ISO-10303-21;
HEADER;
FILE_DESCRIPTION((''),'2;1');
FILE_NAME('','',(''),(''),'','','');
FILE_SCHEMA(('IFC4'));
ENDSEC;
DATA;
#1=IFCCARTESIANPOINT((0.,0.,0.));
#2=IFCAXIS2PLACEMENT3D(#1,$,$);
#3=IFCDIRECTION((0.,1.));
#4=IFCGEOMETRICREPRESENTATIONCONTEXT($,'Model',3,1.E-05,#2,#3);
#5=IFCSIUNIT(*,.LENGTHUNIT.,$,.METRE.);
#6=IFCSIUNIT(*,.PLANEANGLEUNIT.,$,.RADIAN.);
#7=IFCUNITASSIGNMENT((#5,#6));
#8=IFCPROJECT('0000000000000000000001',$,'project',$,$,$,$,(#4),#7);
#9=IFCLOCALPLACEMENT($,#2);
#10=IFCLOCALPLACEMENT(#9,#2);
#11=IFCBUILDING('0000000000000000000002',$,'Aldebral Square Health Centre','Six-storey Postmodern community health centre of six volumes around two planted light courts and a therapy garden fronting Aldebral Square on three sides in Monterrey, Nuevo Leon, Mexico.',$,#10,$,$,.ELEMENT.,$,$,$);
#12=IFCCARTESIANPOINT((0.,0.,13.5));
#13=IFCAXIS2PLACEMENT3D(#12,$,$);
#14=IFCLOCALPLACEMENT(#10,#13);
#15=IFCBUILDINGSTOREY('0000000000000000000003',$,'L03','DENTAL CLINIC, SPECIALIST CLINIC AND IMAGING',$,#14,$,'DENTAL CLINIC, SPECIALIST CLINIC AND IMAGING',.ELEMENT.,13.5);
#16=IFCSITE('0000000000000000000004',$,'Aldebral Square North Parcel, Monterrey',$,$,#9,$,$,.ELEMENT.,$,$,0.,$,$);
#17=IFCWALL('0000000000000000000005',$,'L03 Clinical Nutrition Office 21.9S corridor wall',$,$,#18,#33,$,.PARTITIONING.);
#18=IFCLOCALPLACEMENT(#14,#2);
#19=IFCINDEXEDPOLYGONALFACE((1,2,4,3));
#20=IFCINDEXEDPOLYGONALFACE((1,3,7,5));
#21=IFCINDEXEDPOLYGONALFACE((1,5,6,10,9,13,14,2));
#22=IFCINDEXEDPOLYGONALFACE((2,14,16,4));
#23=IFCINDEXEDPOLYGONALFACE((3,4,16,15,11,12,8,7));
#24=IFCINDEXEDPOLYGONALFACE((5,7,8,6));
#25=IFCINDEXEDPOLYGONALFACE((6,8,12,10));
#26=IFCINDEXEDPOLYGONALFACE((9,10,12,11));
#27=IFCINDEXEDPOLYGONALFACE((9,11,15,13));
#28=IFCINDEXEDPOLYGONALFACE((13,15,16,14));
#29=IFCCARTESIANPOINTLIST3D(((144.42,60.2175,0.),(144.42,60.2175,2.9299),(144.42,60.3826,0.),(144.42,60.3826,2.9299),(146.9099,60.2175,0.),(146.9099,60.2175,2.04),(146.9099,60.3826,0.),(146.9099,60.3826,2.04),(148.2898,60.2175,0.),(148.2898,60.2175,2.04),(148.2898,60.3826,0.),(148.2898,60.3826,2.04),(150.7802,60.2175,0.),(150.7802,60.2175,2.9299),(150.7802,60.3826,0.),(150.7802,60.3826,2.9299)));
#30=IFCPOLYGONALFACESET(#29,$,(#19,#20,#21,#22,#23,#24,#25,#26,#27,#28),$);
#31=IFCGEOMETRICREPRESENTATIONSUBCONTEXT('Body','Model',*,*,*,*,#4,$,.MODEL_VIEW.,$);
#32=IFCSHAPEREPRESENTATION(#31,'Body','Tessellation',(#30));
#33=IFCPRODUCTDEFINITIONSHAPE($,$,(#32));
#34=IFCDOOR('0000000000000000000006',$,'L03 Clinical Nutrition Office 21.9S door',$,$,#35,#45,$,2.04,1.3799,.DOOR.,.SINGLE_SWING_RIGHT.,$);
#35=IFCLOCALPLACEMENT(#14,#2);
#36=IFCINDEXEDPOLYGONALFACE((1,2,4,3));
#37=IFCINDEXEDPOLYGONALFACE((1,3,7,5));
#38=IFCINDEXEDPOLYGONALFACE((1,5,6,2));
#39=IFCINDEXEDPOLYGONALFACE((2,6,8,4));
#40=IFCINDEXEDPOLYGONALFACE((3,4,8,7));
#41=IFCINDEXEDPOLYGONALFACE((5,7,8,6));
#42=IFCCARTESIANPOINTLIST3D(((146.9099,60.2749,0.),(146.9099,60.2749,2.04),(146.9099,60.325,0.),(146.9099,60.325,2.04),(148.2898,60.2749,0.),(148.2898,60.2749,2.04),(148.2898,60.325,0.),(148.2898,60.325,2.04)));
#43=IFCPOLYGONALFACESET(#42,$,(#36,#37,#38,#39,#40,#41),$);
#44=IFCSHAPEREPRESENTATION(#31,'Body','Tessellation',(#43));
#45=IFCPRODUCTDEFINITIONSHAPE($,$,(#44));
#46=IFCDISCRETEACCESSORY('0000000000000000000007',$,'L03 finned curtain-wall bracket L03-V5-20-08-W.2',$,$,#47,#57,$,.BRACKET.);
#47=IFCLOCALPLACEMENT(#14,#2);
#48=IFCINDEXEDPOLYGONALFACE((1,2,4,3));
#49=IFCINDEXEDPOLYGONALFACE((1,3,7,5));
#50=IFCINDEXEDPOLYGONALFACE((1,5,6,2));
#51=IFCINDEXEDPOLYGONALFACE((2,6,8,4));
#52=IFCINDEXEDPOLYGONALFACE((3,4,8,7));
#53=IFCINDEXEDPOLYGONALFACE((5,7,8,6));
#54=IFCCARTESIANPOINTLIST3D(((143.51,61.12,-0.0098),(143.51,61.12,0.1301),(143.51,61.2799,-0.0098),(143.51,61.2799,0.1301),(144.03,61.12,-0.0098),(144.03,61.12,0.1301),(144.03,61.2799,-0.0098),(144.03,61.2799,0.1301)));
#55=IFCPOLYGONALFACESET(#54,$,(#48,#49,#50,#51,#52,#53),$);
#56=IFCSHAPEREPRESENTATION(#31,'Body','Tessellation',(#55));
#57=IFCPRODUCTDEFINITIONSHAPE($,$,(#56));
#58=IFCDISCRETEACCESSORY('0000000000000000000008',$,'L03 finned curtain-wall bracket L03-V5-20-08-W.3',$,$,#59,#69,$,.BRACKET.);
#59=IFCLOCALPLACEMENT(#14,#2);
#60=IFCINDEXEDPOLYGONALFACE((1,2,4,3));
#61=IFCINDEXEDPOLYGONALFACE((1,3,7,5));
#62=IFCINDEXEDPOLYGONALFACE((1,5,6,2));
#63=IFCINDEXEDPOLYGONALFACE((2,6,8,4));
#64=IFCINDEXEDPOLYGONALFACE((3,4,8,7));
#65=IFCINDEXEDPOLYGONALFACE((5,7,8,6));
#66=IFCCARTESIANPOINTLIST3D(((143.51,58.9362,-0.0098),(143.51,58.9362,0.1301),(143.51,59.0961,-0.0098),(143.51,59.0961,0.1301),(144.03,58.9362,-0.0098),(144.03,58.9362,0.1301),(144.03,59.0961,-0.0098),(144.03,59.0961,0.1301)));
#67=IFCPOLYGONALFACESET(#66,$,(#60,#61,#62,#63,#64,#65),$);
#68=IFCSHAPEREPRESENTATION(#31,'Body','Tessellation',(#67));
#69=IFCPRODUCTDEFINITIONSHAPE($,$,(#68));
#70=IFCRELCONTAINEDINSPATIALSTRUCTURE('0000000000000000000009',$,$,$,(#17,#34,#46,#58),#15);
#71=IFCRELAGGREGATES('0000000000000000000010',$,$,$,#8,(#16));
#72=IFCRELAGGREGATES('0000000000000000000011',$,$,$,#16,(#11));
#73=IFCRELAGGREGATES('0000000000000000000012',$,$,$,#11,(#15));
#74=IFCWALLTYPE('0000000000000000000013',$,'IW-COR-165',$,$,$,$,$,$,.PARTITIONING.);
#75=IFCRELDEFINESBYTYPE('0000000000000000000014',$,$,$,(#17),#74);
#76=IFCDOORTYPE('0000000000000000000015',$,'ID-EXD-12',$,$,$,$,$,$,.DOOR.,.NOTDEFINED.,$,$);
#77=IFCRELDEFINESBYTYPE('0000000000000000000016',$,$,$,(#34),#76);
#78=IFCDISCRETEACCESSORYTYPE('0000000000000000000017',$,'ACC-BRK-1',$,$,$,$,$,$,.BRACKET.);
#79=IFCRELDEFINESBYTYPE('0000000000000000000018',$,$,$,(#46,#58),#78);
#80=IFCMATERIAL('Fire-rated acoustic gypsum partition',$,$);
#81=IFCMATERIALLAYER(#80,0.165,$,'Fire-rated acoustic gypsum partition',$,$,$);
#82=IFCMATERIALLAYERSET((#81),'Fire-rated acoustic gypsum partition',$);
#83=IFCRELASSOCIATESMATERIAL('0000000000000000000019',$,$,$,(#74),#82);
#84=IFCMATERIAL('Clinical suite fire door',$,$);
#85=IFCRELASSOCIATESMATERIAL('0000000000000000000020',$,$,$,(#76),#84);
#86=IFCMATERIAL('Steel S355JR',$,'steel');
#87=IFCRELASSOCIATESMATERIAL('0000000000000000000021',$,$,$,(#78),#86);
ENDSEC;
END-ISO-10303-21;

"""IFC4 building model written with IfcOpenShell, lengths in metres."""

from ifc_helpers import new_model, si_unit, direction, frame, frame_2d, origin, origin_2d, place, context, subcontext, project, spatial, rectangle, extrude, material, layer, layer_set, type_object, element, fill, save


model = new_model("IFC4")

# Units and contexts
model_context = context("Model", 3, precision=1e-05, world=origin(), true_north=direction((0.0, 1.0)))
body_context = subcontext(model_context, "Body", "Model", "MODEL_VIEW")
ifc_project = project(units=[si_unit("LENGTHUNIT", "METRE"), si_unit("PLANEANGLEUNIT", "RADIAN")], contexts=[model_context])

# Site, building, storey
site_placement = place(None, origin())
site = spatial("IfcSite", under=ifc_project, at=site_placement, Name="Aldebral Square North Parcel, Monterrey", CompositionType="ELEMENT", RefElevation=0.0)
building_placement = place(site_placement, origin())
building = spatial("IfcBuilding", under=site, at=building_placement, Name="Aldebral Square Health Centre", Description="Six-storey Postmodern community health centre of six volumes around two planted light courts and a therapy garden fronting Aldebral Square on three sides in Monterrey, Nuevo Leon, Mexico.", CompositionType="ELEMENT")
storey_placement = place(building_placement, frame((0.0, 0.0, 13.5)))
storey = spatial("IfcBuildingStorey", under=building, at=storey_placement, Name="L03", Description="DENTAL CLINIC, SPECIALIST CLINIC AND IMAGING", LongName="DENTAL CLINIC, SPECIALIST CLINIC AND IMAGING", CompositionType="ELEMENT", Elevation=13.5)

# Wall, opening, door
ifc_material_1 = material(Name="Fire-rated acoustic gypsum partition")
ifc_layer_1 = layer(ifc_material_1, 0.165, Name="Fire-rated acoustic gypsum partition")
ifc_layer_set_1 = layer_set([ifc_layer_1], Name="Fire-rated acoustic gypsum partition")
wall_type = type_object("IfcWallType", Name="IW-COR-165", PredefinedType="PARTITIONING", material=ifc_layer_set_1)
wall_placement = place(storey_placement, frame((144.4199, 60.3, 0.0), z_axis=(0.0, 0.0, 1.0), x_axis=(1.0, 0.0, 0.0)))
wall = element("IfcWall", 1, at=wall_placement, inside=storey, type_object=wall_type, Name="L03 Clinical Nutrition Office 21.9S corridor wall", PredefinedType="PARTITIONING", context=body_context, shape_type="SweptSolid", body=[
    extrude(rectangle(XDim=6.3601, YDim=0.165, at=frame_2d((3.1802, 0.0))), origin(), (0.0, 0.0, 1.0), 2.9299),
])
opening_placement = place(wall_placement, frame((2.49, 0.0, 0.0)))
opening = element("IfcOpeningElement", 2, at=opening_placement, cuts=wall, PredefinedType="OPENING", context=body_context, shape_type="SweptSolid", body=[
    extrude(rectangle(XDim=1.3799, YDim=2.04, at=frame_2d((0.6899, 1.02))), frame((0.0, 0.0925, 0.0), z_axis=(0.0, -1.0, 0.0), x_axis=(1.0, 0.0, 0.0)), (0.0, 0.0, 1.0), 0.1851),
])
ifc_material_2 = material(Name="Clinical suite fire door")
door_type = type_object("IfcDoorType", Name="ID-EXD-12", OperationType="NOTDEFINED", PredefinedType="DOOR", material=ifc_material_2)
door_placement = place(opening_placement, origin())
door = element("IfcDoor", 3, at=door_placement, inside=storey, type_object=door_type, Name="L03 Clinical Nutrition Office 21.9S door", OperationType="SINGLE_SWING_RIGHT", OverallHeight=2.04, OverallWidth=1.3799, PredefinedType="DOOR", context=body_context, shape_type="SweptSolid", body=[
    extrude(rectangle(XDim=1.3799, YDim=2.04, at=frame_2d((0.6899, 1.02))), frame((0.0, 0.0249, 0.0), z_axis=(0.0, -1.0, 0.0), x_axis=(1.0, 0.0, 0.0)), (0.0, 0.0, 1.0), 0.05),
])
fill(opening, door)

# Discrete accessories
ifc_material_3 = material(Name="Steel S355JR", Category="steel")
discrete_accessory_type = type_object("IfcDiscreteAccessoryType", Name="ACC-BRK-1", PredefinedType="BRACKET", material=ifc_material_3)
for number, where, z_axis, x_axis, name in (
    (4, (143.77, 61.2, -0.0098), (0.0, 0.0, 1.0), (0.0, 1.0, 0.0), "L03 finned curtain-wall bracket L03-V5-20-08-W.2"),
    (5, (143.77, 59.0161, -0.0098), (0.0, 0.0, 1.0), (0.0, 1.0, 0.0), "L03 finned curtain-wall bracket L03-V5-20-08-W.3"),
):
    element("IfcDiscreteAccessory", number, at=place(storey_placement, frame(where, z_axis=z_axis, x_axis=x_axis)), inside=storey, type_object=discrete_accessory_type, Name=name, PredefinedType="BRACKET", context=body_context, shape_type="SweptSolid", body=[
        extrude(rectangle(XDim=0.1599, YDim=0.52, at=origin_2d()), origin(), (0.0, 0.0, 1.0), 0.1399),
    ])

save(model, "model.ifc")
